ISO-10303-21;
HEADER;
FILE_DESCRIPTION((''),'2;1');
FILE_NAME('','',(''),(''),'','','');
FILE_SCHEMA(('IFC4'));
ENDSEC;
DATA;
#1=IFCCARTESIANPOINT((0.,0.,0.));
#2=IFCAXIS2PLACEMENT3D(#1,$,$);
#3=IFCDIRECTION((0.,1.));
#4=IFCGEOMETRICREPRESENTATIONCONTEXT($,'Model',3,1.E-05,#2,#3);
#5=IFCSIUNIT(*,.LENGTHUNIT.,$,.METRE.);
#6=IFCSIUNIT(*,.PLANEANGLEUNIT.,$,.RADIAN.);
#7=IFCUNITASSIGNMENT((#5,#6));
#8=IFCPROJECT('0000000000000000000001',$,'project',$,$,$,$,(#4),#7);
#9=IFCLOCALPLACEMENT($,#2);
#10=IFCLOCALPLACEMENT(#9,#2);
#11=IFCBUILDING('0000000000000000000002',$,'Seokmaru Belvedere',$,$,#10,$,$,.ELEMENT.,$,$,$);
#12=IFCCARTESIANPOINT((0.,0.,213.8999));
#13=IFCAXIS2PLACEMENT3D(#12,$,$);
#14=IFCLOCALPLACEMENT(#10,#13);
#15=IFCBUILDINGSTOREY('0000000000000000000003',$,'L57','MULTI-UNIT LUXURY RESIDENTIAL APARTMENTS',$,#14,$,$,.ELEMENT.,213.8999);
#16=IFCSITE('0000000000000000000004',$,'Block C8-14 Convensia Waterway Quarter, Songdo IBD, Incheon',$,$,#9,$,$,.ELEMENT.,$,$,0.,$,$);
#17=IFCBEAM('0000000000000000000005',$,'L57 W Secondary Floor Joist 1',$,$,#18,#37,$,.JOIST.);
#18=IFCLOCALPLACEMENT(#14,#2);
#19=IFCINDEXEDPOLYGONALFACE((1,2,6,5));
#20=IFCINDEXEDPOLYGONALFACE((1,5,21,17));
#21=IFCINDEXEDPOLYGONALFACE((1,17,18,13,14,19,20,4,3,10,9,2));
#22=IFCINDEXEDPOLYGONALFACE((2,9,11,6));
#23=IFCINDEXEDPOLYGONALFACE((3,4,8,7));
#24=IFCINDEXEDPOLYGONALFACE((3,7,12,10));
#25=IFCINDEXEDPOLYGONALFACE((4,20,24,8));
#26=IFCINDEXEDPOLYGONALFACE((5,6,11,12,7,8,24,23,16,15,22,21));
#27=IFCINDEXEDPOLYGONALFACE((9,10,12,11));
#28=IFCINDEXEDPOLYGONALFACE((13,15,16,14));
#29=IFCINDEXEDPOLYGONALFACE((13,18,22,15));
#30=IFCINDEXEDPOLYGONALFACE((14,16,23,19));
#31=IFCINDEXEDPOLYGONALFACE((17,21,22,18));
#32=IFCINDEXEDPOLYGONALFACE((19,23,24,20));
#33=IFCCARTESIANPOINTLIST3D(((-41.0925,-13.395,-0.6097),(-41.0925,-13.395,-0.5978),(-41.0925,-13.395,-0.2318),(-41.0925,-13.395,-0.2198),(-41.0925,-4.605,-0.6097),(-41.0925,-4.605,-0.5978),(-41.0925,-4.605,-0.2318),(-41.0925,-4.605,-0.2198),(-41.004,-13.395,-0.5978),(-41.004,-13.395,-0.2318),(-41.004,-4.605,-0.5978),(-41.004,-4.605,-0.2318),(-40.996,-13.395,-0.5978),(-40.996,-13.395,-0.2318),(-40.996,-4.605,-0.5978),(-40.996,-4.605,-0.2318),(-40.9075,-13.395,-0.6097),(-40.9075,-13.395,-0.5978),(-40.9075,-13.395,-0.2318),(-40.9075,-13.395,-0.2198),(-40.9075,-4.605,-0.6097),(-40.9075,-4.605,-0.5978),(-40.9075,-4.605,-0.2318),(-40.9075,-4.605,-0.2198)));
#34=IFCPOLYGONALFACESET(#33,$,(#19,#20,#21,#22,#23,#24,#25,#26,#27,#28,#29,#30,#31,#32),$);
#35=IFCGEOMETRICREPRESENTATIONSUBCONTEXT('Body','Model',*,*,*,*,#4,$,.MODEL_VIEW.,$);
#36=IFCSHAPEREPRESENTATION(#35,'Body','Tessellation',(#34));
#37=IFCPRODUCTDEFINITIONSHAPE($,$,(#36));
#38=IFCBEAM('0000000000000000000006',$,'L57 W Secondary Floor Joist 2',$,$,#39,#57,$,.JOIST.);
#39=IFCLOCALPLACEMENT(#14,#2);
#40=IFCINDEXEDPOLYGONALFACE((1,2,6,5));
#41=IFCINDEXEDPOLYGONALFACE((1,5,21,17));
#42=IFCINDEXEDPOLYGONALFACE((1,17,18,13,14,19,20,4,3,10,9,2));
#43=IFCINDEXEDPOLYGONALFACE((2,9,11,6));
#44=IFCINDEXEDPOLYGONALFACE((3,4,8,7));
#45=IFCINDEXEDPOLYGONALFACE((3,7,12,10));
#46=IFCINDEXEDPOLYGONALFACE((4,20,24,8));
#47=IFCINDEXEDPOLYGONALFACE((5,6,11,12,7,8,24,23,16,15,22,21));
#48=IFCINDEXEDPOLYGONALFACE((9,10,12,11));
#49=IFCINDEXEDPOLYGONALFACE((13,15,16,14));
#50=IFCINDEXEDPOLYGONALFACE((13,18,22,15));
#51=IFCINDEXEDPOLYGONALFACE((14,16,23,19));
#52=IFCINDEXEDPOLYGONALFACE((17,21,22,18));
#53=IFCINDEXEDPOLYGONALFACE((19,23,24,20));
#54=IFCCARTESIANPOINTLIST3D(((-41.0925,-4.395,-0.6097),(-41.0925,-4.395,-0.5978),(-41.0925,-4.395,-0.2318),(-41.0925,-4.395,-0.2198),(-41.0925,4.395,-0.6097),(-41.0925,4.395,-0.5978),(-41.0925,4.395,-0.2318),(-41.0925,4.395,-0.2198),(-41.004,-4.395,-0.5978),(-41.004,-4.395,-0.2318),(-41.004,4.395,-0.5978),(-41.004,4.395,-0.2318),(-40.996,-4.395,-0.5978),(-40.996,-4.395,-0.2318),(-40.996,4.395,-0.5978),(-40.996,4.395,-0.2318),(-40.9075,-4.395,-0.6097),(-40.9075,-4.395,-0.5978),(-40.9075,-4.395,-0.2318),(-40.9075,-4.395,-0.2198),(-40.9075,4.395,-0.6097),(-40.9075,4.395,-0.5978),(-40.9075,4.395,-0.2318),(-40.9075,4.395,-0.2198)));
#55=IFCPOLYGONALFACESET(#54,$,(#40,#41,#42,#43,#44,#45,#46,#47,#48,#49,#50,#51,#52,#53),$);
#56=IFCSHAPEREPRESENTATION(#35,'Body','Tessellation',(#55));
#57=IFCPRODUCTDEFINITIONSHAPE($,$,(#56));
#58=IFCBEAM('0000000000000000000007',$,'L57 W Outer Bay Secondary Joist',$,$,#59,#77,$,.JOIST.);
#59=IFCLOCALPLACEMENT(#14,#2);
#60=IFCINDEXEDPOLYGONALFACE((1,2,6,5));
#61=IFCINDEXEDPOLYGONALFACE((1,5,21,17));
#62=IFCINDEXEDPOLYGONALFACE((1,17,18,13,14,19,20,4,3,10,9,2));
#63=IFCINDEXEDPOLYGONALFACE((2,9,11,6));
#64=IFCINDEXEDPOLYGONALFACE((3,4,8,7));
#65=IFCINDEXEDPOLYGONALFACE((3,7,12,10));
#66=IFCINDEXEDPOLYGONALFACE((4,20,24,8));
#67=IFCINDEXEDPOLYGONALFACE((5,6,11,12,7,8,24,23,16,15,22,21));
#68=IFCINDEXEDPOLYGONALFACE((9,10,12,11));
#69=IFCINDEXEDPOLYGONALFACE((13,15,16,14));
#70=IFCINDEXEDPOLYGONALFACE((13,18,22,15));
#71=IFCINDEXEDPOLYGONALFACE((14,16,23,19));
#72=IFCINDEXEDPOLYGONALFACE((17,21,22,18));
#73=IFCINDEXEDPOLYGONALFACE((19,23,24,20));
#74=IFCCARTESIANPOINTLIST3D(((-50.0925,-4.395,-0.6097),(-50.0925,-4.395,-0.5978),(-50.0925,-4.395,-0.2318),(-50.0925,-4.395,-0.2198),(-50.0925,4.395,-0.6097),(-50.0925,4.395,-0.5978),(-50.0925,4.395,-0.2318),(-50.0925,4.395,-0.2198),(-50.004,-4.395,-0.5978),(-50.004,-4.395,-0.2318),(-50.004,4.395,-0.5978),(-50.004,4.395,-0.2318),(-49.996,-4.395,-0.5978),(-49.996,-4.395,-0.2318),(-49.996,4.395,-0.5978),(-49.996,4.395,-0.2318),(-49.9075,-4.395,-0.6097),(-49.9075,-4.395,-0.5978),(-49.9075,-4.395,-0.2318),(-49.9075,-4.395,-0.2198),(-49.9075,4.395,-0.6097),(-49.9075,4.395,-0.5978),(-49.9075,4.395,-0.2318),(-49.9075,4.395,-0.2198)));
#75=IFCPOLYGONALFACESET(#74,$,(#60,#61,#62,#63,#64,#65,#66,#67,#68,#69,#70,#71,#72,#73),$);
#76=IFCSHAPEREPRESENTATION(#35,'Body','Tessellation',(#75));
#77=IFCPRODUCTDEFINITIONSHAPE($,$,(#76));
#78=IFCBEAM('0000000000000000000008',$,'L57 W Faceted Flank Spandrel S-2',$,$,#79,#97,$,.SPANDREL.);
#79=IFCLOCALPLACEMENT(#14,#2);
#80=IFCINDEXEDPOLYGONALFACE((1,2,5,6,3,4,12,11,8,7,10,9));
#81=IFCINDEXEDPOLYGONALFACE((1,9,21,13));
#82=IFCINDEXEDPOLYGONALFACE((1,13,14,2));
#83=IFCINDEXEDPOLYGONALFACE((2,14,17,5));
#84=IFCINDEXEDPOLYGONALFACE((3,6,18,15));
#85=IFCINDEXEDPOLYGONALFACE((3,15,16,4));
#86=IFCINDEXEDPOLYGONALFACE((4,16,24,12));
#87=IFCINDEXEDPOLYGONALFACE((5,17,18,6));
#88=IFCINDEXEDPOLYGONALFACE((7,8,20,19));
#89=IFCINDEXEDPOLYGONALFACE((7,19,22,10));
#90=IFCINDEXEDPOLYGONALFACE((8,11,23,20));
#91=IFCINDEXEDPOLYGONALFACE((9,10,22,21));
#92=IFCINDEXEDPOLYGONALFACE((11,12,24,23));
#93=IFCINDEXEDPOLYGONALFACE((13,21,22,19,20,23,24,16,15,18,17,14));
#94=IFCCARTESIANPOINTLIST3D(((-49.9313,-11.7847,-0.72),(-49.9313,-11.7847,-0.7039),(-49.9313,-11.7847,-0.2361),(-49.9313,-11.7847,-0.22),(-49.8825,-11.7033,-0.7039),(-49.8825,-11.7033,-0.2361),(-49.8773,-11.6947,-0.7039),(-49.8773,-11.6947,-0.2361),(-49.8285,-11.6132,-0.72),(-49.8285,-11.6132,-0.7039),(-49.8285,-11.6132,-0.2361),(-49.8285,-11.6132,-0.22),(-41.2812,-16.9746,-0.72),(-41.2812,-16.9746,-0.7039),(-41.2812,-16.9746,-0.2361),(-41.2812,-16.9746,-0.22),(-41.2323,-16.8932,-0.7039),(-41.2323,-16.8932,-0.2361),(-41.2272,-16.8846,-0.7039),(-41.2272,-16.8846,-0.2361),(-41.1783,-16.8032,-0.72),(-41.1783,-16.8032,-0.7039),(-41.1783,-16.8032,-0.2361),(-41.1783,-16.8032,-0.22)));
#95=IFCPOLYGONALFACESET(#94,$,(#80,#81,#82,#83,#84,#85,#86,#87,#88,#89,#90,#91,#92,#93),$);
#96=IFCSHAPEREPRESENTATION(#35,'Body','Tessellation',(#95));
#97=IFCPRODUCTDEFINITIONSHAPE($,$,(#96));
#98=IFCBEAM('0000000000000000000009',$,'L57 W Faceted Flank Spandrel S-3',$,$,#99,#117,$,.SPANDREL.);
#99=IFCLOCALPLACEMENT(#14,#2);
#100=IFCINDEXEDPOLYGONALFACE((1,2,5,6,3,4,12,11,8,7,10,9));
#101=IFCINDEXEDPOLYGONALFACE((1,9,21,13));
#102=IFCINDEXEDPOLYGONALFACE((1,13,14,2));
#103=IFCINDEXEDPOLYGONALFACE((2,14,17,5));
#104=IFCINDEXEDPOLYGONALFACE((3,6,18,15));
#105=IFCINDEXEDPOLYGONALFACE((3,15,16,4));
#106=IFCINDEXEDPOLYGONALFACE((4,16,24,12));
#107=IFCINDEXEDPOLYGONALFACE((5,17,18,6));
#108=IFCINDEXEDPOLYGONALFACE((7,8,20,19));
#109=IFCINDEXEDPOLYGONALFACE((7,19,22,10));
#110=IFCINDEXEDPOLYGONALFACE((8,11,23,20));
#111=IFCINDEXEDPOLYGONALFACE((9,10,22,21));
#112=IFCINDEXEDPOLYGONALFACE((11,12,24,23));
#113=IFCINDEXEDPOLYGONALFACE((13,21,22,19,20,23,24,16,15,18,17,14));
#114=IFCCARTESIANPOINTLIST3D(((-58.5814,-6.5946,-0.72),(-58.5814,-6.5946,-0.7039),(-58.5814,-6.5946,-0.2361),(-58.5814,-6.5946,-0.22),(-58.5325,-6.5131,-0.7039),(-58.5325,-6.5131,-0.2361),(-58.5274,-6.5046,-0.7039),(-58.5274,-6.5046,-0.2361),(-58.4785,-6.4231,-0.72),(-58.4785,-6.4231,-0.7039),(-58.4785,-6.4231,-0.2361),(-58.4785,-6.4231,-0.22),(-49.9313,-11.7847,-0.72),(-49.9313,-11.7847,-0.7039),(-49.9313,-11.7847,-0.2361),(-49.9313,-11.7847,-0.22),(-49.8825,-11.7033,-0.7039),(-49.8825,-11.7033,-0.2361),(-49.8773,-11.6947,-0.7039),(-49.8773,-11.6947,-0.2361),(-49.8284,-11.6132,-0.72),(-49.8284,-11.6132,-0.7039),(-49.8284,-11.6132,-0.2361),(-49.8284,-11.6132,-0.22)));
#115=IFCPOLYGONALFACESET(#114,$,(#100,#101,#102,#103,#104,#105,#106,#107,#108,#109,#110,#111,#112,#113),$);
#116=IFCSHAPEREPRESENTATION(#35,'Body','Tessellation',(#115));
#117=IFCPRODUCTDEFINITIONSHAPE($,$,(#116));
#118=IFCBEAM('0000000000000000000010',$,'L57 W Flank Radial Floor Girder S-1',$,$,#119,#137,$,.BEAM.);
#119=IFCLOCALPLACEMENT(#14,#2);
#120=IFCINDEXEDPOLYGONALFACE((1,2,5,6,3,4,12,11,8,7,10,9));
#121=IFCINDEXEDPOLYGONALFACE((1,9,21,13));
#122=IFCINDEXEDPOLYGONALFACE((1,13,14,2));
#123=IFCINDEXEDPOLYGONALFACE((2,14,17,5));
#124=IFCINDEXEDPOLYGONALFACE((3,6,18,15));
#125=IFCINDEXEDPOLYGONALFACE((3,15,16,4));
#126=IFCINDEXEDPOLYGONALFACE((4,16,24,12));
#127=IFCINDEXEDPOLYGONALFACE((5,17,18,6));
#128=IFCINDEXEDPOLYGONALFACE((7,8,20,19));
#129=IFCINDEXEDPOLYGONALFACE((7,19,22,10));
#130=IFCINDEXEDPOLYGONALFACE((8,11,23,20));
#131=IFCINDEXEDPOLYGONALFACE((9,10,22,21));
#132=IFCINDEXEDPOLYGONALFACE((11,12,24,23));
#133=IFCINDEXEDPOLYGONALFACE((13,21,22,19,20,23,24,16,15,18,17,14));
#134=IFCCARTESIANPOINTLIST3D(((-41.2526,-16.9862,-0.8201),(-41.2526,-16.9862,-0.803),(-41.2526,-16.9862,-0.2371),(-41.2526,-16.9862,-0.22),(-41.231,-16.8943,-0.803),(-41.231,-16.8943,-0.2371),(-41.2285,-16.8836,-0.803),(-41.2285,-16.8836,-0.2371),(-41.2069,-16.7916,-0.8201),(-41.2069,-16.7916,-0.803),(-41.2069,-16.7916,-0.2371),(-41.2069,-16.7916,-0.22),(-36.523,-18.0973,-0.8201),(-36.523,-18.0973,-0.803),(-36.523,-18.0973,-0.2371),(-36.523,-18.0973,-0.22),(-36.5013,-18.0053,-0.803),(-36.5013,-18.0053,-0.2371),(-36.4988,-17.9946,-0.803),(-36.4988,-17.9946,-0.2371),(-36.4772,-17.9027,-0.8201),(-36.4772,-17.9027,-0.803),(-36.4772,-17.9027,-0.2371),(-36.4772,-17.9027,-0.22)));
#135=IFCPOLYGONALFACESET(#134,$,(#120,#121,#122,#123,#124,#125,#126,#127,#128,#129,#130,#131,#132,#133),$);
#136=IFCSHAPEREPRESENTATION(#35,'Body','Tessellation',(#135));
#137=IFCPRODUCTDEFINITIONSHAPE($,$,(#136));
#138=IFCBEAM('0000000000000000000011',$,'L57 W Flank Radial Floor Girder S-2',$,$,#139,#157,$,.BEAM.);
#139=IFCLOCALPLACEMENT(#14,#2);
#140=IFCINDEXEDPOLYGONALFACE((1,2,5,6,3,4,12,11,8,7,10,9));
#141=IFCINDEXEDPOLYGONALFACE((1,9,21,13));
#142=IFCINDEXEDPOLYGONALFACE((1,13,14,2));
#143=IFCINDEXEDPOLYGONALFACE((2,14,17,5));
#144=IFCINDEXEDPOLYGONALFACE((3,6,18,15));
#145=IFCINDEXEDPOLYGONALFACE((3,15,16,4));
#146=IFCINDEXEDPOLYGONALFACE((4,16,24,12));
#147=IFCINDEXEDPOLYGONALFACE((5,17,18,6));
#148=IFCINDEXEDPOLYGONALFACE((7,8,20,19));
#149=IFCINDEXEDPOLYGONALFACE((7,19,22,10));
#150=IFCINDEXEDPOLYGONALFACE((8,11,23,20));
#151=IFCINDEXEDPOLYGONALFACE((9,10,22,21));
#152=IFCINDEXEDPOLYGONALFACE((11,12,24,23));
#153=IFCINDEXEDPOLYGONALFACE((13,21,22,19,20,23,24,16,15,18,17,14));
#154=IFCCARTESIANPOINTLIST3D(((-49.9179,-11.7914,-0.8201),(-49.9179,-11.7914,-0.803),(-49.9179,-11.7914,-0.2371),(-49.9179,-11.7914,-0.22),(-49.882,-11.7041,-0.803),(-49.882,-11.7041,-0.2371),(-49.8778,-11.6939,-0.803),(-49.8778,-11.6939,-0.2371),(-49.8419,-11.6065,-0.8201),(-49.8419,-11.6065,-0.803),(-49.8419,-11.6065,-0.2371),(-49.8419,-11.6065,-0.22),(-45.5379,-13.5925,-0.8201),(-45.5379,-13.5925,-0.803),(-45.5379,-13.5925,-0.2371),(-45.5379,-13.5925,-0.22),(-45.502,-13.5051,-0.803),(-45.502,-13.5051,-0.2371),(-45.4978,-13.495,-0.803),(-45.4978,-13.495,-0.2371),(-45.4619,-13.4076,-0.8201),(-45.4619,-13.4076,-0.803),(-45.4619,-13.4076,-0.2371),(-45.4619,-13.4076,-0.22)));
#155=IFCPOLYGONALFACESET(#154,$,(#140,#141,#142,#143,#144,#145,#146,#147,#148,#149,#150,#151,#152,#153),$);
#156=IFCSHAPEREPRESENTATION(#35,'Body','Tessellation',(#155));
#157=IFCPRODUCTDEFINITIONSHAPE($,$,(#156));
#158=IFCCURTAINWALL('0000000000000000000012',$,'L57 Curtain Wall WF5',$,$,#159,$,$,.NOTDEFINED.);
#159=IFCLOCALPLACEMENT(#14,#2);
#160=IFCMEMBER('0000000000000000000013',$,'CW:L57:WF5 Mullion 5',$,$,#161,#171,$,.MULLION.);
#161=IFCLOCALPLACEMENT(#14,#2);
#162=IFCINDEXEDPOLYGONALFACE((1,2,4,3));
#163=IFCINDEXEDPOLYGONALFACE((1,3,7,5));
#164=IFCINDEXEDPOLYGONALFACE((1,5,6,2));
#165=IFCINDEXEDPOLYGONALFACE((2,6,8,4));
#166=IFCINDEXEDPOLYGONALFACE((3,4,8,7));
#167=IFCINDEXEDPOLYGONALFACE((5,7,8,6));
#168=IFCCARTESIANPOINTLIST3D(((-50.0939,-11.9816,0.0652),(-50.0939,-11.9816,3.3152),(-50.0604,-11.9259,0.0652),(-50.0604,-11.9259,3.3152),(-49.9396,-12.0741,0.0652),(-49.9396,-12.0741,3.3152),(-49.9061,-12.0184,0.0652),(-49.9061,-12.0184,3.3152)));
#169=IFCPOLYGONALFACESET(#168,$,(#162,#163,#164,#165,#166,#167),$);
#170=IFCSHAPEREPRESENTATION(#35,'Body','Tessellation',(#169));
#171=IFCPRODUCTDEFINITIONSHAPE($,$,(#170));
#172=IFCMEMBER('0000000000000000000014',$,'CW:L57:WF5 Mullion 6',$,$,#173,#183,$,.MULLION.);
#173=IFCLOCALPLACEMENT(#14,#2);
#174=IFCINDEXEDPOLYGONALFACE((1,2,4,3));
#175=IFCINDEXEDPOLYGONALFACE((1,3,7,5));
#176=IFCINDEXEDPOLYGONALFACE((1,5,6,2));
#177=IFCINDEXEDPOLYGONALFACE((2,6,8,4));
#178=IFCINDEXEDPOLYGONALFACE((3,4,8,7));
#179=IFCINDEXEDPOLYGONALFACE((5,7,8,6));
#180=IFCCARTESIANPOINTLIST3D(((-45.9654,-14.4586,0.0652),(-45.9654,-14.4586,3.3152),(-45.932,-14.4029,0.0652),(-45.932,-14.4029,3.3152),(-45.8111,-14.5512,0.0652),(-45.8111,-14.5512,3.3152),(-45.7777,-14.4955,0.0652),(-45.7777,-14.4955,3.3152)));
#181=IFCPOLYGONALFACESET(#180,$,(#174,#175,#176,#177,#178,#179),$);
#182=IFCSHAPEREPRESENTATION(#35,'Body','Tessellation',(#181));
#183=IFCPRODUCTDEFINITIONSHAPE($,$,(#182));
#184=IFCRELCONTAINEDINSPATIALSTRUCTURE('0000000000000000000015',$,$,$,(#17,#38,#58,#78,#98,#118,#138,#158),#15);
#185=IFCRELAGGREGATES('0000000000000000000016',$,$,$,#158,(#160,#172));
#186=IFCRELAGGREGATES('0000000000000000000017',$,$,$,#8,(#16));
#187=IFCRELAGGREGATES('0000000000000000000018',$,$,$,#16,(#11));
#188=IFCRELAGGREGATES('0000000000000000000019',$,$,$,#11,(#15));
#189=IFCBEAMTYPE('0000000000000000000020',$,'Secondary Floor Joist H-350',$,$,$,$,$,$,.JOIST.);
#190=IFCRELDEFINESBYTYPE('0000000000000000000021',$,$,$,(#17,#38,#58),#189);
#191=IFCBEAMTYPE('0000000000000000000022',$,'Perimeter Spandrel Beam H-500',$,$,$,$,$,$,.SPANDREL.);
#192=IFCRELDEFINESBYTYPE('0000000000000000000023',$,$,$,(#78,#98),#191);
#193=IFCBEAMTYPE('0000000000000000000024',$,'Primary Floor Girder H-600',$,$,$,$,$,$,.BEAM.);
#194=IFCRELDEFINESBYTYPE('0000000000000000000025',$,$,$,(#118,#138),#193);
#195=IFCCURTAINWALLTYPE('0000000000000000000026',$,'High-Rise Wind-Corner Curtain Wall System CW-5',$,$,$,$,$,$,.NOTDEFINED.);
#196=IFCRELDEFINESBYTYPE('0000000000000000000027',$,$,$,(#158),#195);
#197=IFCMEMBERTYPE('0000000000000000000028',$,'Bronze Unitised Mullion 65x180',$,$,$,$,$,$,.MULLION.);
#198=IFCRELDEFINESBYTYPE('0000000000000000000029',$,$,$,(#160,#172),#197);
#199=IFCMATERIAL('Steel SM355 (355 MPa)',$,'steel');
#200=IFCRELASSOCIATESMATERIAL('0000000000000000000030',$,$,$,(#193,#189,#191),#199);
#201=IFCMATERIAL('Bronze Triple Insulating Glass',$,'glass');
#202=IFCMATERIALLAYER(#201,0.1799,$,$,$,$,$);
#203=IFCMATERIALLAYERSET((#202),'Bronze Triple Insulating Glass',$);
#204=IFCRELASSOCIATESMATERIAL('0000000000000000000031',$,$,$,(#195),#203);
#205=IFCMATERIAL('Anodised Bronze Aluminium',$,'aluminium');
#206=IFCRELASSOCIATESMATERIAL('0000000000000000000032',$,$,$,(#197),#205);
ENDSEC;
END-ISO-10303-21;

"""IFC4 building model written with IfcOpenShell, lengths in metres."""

from ifc_helpers import new_model, si_unit, direction, frame, origin, origin_2d, place, context, subcontext, project, spatial, rectangle, i_section, extrude, source, transform, mapped, material, layer, layer_set, material_profile, profile_set, type_object, type_shapes, element, aggregate, save


model = new_model("IFC4")

# Units and contexts
model_context = context("Model", 3, precision=1e-05, world=origin(), true_north=direction((0.0, 1.0)))
body_context = subcontext(model_context, "Body", "Model", "MODEL_VIEW")
ifc_project = project(units=[si_unit("LENGTHUNIT", "METRE"), si_unit("PLANEANGLEUNIT", "RADIAN")], contexts=[model_context])

# Site, building, storey
site_placement = place(None, origin())
site = spatial("IfcSite", under=ifc_project, at=site_placement, Name="Block C8-14 Convensia Waterway Quarter, Songdo IBD, Incheon", CompositionType="ELEMENT", RefElevation=0.0)
building_placement = place(site_placement, origin())
building = spatial("IfcBuilding", under=site, at=building_placement, Name="Seokmaru Belvedere", CompositionType="ELEMENT")
storey_placement = place(building_placement, frame((0.0, 0.0, 213.8999)))
storey = spatial("IfcBuildingStorey", under=building, at=storey_placement, Name="L57", Description="MULTI-UNIT LUXURY RESIDENTIAL APARTMENTS", CompositionType="ELEMENT", Elevation=213.8999)

# Shared definitions
ifc_material_1 = material(Name="Steel SM355 (355 MPa)", Category="steel")

# Beams
ifc_material_profile_1 = material_profile(ifc_material_1, i_section(OverallWidth=0.2, OverallDepth=0.6001, WebThickness=0.011, FlangeThickness=0.0171, at=origin_2d()), Name="H-600x200x11x17")
ifc_profile_set_1 = profile_set([ifc_material_profile_1], Name="Steel SM355 (355 MPa)")
beam_type_1 = type_object("IfcBeamType", Name="Primary Floor Girder H-600", PredefinedType="BEAM", material=ifc_profile_set_1)
ifc_material_profile_2 = material_profile(ifc_material_1, i_section(OverallWidth=0.1851, OverallDepth=0.3899, WebThickness=0.0081, FlangeThickness=0.012, at=origin_2d()), Name="H-390x185x8x12")
ifc_profile_set_2 = profile_set([ifc_material_profile_2], Name="Steel SM355 (355 MPa)")
beam_type_2 = type_object("IfcBeamType", Name="Secondary Floor Joist H-350", PredefinedType="JOIST", material=ifc_profile_set_2)
shared_shape_1 = source(origin(), body_context, "Body", "SweptSolid", [
    extrude(i_section(OverallWidth=0.1851, OverallDepth=0.3899, WebThickness=0.0081, FlangeThickness=0.012, at=origin_2d()), origin(), (0.0, 0.0, 1.0), 8.79),
])
type_shapes(beam_type_2, [shared_shape_1])
for number, where, z_axis, x_axis, name in (
    (1, (-41.0, -13.395, -0.4148), (0.0, 1.0, 0.0), (-1.0, 0.0, 0.0), "L57 W Secondary Floor Joist 1"),
    (2, (-41.0, -4.395, -0.4148), (0.0, 1.0, 0.0), (-1.0, 0.0, 0.0), "L57 W Secondary Floor Joist 2"),
    (3, (-50.0, -4.395, -0.4148), (0.0, 1.0, 0.0), (-1.0, 0.0, 0.0), "L57 W Outer Bay Secondary Joist"),
):
    element("IfcBeam", number, at=place(storey_placement, frame(where, z_axis=z_axis, x_axis=x_axis)), inside=storey, type_object=beam_type_2, Name=name, PredefinedType="JOIST", context=body_context, shape_type="MappedRepresentation", body=[
        mapped(shared_shape_1, transform((0.0, 0.0, 0.0), scale=1.0)),
    ])
ifc_material_profile_3 = material_profile(ifc_material_1, i_section(OverallWidth=0.2, OverallDepth=0.5, WebThickness=0.01, FlangeThickness=0.0161, at=origin_2d()), Name="H-500x200x10x16")
ifc_profile_set_3 = profile_set([ifc_material_profile_3], Name="Steel SM355 (355 MPa)")
beam_type_3 = type_object("IfcBeamType", Name="Perimeter Spandrel Beam H-500", PredefinedType="SPANDREL", material=ifc_profile_set_3)
shared_shape_2 = source(origin(), body_context, "Body", "SweptSolid", [
    extrude(i_section(OverallWidth=0.2, OverallDepth=0.5, WebThickness=0.01, FlangeThickness=0.0161, at=origin_2d()), origin(), (0.0, 0.0, 1.0), 10.0876),
])
type_shapes(beam_type_3, [shared_shape_2])
for number, where, z_axis, x_axis, name in (
    (4, (-41.2297, -16.8889, -0.47), (-0.857499, 0.514485, 0.0), (-0.514485, -0.857499, 0.0), "L57 W Faceted Flank Spandrel S-2"),
    (5, (-49.8799, -11.699, -0.47), (-0.857489, 0.514503, 0.0), (-0.514503, -0.857489, 0.0), "L57 W Faceted Flank Spandrel S-3"),
):
    element("IfcBeam", number, at=place(storey_placement, frame(where, z_axis=z_axis, x_axis=x_axis)), inside=storey, type_object=beam_type_3, Name=name, PredefinedType="SPANDREL", context=body_context, shape_type="MappedRepresentation", body=[
        mapped(shared_shape_2, transform((0.0, 0.0, 0.0), scale=1.0)),
    ])
shared_shape_3 = source(origin(), body_context, "Body", "SweptSolid", [
    extrude(i_section(OverallWidth=0.2, OverallDepth=0.6001, WebThickness=0.011, FlangeThickness=0.0171, at=origin_2d()), origin(), (0.0, 0.0, 1.0), 4.8584),
])
beam_1_placement = place(storey_placement, frame((-41.2297, -16.8889, -0.52), z_axis=(0.973499, -0.228689, 0.0), x_axis=(0.228689, 0.973499, 0.0)))
element("IfcBeam", 6, at=beam_1_placement, inside=storey, type_object=beam_type_1, Name="L57 W Flank Radial Floor Girder S-1", PredefinedType="BEAM", context=body_context, shape_type="MappedRepresentation", body=[
    mapped(shared_shape_3, transform((0.0, 0.0, 0.0), scale=1.0)),
])
shared_shape_4 = source(origin(), body_context, "Body", "SweptSolid", [
    extrude(i_section(OverallWidth=0.2, OverallDepth=0.6001, WebThickness=0.011, FlangeThickness=0.0171, at=origin_2d()), origin(), (0.0, 0.0, 1.0), 4.7358),
])
beam_2_placement = place(storey_placement, frame((-49.8799, -11.699, -0.52), z_axis=(0.924861, -0.380306, 0.0), x_axis=(0.380306, 0.924861, 0.0)))
element("IfcBeam", 7, at=beam_2_placement, inside=storey, type_object=beam_type_1, Name="L57 W Flank Radial Floor Girder S-2", PredefinedType="BEAM", context=body_context, shape_type="MappedRepresentation", body=[
    mapped(shared_shape_4, transform((0.0, 0.0, 0.0), scale=1.0)),
])

# Curtain wall, members
ifc_material_2 = material(Name="Bronze Triple Insulating Glass", Category="glass")
ifc_layer_1 = layer(ifc_material_2, 0.1799)
ifc_layer_set_1 = layer_set([ifc_layer_1], Name="Bronze Triple Insulating Glass")
curtain_wall_type = type_object("IfcCurtainWallType", Name="High-Rise Wind-Corner Curtain Wall System CW-5", PredefinedType="NOTDEFINED", material=ifc_layer_set_1)
curtain_wall_placement = place(storey_placement, origin())
curtain_wall = element("IfcCurtainWall", 8, at=curtain_wall_placement, inside=storey, type_object=curtain_wall_type, Name="L57 Curtain Wall WF5", PredefinedType="NOTDEFINED")
ifc_material_3 = material(Name="Anodised Bronze Aluminium", Category="aluminium")
ifc_material_profile_4 = material_profile(ifc_material_3, rectangle(XDim=0.0649, YDim=0.1799, at=origin_2d()), Name="CW-M-65x180")
ifc_profile_set_4 = profile_set([ifc_material_profile_4], Name="Anodised Bronze Aluminium")
member_type = type_object("IfcMemberType", Name="Bronze Unitised Mullion 65x180", PredefinedType="MULLION", material=ifc_profile_set_4)
shared_shape_5 = source(origin(), body_context, "Body", "SweptSolid", [
    extrude(rectangle(XDim=0.0649, YDim=0.1799, at=origin_2d()), origin(), (0.0, 0.0, 1.0), 3.25),
])
type_shapes(member_type, [shared_shape_5])
member_1_placement = place(storey_placement, frame((-50.0, -12.0, 0.0652), z_axis=(0.0, 0.0, 1.0), x_axis=(0.514495, 0.857493, 0.0)))
member_1 = element("IfcMember", 9, at=member_1_placement, type_object=member_type, Name="CW:L57:WF5 Mullion 5", PredefinedType="MULLION", context=body_context, shape_type="MappedRepresentation", body=[
    mapped(shared_shape_5, transform((0.0, 0.0, 0.0), scale=1.0)),
])
member_2_placement = place(storey_placement, frame((-45.8716, -14.4771, 0.0652), z_axis=(0.0, 0.0, 1.0), x_axis=(0.514495, 0.857493, 0.0)))
member_2 = element("IfcMember", 10, at=member_2_placement, type_object=member_type, Name="CW:L57:WF5 Mullion 6", PredefinedType="MULLION", context=body_context, shape_type="MappedRepresentation", body=[
    mapped(shared_shape_5, transform((0.0, 0.0, 0.0), scale=1.0)),
])
aggregate(curtain_wall, [member_1, member_2])

save(model, "model.ifc")
